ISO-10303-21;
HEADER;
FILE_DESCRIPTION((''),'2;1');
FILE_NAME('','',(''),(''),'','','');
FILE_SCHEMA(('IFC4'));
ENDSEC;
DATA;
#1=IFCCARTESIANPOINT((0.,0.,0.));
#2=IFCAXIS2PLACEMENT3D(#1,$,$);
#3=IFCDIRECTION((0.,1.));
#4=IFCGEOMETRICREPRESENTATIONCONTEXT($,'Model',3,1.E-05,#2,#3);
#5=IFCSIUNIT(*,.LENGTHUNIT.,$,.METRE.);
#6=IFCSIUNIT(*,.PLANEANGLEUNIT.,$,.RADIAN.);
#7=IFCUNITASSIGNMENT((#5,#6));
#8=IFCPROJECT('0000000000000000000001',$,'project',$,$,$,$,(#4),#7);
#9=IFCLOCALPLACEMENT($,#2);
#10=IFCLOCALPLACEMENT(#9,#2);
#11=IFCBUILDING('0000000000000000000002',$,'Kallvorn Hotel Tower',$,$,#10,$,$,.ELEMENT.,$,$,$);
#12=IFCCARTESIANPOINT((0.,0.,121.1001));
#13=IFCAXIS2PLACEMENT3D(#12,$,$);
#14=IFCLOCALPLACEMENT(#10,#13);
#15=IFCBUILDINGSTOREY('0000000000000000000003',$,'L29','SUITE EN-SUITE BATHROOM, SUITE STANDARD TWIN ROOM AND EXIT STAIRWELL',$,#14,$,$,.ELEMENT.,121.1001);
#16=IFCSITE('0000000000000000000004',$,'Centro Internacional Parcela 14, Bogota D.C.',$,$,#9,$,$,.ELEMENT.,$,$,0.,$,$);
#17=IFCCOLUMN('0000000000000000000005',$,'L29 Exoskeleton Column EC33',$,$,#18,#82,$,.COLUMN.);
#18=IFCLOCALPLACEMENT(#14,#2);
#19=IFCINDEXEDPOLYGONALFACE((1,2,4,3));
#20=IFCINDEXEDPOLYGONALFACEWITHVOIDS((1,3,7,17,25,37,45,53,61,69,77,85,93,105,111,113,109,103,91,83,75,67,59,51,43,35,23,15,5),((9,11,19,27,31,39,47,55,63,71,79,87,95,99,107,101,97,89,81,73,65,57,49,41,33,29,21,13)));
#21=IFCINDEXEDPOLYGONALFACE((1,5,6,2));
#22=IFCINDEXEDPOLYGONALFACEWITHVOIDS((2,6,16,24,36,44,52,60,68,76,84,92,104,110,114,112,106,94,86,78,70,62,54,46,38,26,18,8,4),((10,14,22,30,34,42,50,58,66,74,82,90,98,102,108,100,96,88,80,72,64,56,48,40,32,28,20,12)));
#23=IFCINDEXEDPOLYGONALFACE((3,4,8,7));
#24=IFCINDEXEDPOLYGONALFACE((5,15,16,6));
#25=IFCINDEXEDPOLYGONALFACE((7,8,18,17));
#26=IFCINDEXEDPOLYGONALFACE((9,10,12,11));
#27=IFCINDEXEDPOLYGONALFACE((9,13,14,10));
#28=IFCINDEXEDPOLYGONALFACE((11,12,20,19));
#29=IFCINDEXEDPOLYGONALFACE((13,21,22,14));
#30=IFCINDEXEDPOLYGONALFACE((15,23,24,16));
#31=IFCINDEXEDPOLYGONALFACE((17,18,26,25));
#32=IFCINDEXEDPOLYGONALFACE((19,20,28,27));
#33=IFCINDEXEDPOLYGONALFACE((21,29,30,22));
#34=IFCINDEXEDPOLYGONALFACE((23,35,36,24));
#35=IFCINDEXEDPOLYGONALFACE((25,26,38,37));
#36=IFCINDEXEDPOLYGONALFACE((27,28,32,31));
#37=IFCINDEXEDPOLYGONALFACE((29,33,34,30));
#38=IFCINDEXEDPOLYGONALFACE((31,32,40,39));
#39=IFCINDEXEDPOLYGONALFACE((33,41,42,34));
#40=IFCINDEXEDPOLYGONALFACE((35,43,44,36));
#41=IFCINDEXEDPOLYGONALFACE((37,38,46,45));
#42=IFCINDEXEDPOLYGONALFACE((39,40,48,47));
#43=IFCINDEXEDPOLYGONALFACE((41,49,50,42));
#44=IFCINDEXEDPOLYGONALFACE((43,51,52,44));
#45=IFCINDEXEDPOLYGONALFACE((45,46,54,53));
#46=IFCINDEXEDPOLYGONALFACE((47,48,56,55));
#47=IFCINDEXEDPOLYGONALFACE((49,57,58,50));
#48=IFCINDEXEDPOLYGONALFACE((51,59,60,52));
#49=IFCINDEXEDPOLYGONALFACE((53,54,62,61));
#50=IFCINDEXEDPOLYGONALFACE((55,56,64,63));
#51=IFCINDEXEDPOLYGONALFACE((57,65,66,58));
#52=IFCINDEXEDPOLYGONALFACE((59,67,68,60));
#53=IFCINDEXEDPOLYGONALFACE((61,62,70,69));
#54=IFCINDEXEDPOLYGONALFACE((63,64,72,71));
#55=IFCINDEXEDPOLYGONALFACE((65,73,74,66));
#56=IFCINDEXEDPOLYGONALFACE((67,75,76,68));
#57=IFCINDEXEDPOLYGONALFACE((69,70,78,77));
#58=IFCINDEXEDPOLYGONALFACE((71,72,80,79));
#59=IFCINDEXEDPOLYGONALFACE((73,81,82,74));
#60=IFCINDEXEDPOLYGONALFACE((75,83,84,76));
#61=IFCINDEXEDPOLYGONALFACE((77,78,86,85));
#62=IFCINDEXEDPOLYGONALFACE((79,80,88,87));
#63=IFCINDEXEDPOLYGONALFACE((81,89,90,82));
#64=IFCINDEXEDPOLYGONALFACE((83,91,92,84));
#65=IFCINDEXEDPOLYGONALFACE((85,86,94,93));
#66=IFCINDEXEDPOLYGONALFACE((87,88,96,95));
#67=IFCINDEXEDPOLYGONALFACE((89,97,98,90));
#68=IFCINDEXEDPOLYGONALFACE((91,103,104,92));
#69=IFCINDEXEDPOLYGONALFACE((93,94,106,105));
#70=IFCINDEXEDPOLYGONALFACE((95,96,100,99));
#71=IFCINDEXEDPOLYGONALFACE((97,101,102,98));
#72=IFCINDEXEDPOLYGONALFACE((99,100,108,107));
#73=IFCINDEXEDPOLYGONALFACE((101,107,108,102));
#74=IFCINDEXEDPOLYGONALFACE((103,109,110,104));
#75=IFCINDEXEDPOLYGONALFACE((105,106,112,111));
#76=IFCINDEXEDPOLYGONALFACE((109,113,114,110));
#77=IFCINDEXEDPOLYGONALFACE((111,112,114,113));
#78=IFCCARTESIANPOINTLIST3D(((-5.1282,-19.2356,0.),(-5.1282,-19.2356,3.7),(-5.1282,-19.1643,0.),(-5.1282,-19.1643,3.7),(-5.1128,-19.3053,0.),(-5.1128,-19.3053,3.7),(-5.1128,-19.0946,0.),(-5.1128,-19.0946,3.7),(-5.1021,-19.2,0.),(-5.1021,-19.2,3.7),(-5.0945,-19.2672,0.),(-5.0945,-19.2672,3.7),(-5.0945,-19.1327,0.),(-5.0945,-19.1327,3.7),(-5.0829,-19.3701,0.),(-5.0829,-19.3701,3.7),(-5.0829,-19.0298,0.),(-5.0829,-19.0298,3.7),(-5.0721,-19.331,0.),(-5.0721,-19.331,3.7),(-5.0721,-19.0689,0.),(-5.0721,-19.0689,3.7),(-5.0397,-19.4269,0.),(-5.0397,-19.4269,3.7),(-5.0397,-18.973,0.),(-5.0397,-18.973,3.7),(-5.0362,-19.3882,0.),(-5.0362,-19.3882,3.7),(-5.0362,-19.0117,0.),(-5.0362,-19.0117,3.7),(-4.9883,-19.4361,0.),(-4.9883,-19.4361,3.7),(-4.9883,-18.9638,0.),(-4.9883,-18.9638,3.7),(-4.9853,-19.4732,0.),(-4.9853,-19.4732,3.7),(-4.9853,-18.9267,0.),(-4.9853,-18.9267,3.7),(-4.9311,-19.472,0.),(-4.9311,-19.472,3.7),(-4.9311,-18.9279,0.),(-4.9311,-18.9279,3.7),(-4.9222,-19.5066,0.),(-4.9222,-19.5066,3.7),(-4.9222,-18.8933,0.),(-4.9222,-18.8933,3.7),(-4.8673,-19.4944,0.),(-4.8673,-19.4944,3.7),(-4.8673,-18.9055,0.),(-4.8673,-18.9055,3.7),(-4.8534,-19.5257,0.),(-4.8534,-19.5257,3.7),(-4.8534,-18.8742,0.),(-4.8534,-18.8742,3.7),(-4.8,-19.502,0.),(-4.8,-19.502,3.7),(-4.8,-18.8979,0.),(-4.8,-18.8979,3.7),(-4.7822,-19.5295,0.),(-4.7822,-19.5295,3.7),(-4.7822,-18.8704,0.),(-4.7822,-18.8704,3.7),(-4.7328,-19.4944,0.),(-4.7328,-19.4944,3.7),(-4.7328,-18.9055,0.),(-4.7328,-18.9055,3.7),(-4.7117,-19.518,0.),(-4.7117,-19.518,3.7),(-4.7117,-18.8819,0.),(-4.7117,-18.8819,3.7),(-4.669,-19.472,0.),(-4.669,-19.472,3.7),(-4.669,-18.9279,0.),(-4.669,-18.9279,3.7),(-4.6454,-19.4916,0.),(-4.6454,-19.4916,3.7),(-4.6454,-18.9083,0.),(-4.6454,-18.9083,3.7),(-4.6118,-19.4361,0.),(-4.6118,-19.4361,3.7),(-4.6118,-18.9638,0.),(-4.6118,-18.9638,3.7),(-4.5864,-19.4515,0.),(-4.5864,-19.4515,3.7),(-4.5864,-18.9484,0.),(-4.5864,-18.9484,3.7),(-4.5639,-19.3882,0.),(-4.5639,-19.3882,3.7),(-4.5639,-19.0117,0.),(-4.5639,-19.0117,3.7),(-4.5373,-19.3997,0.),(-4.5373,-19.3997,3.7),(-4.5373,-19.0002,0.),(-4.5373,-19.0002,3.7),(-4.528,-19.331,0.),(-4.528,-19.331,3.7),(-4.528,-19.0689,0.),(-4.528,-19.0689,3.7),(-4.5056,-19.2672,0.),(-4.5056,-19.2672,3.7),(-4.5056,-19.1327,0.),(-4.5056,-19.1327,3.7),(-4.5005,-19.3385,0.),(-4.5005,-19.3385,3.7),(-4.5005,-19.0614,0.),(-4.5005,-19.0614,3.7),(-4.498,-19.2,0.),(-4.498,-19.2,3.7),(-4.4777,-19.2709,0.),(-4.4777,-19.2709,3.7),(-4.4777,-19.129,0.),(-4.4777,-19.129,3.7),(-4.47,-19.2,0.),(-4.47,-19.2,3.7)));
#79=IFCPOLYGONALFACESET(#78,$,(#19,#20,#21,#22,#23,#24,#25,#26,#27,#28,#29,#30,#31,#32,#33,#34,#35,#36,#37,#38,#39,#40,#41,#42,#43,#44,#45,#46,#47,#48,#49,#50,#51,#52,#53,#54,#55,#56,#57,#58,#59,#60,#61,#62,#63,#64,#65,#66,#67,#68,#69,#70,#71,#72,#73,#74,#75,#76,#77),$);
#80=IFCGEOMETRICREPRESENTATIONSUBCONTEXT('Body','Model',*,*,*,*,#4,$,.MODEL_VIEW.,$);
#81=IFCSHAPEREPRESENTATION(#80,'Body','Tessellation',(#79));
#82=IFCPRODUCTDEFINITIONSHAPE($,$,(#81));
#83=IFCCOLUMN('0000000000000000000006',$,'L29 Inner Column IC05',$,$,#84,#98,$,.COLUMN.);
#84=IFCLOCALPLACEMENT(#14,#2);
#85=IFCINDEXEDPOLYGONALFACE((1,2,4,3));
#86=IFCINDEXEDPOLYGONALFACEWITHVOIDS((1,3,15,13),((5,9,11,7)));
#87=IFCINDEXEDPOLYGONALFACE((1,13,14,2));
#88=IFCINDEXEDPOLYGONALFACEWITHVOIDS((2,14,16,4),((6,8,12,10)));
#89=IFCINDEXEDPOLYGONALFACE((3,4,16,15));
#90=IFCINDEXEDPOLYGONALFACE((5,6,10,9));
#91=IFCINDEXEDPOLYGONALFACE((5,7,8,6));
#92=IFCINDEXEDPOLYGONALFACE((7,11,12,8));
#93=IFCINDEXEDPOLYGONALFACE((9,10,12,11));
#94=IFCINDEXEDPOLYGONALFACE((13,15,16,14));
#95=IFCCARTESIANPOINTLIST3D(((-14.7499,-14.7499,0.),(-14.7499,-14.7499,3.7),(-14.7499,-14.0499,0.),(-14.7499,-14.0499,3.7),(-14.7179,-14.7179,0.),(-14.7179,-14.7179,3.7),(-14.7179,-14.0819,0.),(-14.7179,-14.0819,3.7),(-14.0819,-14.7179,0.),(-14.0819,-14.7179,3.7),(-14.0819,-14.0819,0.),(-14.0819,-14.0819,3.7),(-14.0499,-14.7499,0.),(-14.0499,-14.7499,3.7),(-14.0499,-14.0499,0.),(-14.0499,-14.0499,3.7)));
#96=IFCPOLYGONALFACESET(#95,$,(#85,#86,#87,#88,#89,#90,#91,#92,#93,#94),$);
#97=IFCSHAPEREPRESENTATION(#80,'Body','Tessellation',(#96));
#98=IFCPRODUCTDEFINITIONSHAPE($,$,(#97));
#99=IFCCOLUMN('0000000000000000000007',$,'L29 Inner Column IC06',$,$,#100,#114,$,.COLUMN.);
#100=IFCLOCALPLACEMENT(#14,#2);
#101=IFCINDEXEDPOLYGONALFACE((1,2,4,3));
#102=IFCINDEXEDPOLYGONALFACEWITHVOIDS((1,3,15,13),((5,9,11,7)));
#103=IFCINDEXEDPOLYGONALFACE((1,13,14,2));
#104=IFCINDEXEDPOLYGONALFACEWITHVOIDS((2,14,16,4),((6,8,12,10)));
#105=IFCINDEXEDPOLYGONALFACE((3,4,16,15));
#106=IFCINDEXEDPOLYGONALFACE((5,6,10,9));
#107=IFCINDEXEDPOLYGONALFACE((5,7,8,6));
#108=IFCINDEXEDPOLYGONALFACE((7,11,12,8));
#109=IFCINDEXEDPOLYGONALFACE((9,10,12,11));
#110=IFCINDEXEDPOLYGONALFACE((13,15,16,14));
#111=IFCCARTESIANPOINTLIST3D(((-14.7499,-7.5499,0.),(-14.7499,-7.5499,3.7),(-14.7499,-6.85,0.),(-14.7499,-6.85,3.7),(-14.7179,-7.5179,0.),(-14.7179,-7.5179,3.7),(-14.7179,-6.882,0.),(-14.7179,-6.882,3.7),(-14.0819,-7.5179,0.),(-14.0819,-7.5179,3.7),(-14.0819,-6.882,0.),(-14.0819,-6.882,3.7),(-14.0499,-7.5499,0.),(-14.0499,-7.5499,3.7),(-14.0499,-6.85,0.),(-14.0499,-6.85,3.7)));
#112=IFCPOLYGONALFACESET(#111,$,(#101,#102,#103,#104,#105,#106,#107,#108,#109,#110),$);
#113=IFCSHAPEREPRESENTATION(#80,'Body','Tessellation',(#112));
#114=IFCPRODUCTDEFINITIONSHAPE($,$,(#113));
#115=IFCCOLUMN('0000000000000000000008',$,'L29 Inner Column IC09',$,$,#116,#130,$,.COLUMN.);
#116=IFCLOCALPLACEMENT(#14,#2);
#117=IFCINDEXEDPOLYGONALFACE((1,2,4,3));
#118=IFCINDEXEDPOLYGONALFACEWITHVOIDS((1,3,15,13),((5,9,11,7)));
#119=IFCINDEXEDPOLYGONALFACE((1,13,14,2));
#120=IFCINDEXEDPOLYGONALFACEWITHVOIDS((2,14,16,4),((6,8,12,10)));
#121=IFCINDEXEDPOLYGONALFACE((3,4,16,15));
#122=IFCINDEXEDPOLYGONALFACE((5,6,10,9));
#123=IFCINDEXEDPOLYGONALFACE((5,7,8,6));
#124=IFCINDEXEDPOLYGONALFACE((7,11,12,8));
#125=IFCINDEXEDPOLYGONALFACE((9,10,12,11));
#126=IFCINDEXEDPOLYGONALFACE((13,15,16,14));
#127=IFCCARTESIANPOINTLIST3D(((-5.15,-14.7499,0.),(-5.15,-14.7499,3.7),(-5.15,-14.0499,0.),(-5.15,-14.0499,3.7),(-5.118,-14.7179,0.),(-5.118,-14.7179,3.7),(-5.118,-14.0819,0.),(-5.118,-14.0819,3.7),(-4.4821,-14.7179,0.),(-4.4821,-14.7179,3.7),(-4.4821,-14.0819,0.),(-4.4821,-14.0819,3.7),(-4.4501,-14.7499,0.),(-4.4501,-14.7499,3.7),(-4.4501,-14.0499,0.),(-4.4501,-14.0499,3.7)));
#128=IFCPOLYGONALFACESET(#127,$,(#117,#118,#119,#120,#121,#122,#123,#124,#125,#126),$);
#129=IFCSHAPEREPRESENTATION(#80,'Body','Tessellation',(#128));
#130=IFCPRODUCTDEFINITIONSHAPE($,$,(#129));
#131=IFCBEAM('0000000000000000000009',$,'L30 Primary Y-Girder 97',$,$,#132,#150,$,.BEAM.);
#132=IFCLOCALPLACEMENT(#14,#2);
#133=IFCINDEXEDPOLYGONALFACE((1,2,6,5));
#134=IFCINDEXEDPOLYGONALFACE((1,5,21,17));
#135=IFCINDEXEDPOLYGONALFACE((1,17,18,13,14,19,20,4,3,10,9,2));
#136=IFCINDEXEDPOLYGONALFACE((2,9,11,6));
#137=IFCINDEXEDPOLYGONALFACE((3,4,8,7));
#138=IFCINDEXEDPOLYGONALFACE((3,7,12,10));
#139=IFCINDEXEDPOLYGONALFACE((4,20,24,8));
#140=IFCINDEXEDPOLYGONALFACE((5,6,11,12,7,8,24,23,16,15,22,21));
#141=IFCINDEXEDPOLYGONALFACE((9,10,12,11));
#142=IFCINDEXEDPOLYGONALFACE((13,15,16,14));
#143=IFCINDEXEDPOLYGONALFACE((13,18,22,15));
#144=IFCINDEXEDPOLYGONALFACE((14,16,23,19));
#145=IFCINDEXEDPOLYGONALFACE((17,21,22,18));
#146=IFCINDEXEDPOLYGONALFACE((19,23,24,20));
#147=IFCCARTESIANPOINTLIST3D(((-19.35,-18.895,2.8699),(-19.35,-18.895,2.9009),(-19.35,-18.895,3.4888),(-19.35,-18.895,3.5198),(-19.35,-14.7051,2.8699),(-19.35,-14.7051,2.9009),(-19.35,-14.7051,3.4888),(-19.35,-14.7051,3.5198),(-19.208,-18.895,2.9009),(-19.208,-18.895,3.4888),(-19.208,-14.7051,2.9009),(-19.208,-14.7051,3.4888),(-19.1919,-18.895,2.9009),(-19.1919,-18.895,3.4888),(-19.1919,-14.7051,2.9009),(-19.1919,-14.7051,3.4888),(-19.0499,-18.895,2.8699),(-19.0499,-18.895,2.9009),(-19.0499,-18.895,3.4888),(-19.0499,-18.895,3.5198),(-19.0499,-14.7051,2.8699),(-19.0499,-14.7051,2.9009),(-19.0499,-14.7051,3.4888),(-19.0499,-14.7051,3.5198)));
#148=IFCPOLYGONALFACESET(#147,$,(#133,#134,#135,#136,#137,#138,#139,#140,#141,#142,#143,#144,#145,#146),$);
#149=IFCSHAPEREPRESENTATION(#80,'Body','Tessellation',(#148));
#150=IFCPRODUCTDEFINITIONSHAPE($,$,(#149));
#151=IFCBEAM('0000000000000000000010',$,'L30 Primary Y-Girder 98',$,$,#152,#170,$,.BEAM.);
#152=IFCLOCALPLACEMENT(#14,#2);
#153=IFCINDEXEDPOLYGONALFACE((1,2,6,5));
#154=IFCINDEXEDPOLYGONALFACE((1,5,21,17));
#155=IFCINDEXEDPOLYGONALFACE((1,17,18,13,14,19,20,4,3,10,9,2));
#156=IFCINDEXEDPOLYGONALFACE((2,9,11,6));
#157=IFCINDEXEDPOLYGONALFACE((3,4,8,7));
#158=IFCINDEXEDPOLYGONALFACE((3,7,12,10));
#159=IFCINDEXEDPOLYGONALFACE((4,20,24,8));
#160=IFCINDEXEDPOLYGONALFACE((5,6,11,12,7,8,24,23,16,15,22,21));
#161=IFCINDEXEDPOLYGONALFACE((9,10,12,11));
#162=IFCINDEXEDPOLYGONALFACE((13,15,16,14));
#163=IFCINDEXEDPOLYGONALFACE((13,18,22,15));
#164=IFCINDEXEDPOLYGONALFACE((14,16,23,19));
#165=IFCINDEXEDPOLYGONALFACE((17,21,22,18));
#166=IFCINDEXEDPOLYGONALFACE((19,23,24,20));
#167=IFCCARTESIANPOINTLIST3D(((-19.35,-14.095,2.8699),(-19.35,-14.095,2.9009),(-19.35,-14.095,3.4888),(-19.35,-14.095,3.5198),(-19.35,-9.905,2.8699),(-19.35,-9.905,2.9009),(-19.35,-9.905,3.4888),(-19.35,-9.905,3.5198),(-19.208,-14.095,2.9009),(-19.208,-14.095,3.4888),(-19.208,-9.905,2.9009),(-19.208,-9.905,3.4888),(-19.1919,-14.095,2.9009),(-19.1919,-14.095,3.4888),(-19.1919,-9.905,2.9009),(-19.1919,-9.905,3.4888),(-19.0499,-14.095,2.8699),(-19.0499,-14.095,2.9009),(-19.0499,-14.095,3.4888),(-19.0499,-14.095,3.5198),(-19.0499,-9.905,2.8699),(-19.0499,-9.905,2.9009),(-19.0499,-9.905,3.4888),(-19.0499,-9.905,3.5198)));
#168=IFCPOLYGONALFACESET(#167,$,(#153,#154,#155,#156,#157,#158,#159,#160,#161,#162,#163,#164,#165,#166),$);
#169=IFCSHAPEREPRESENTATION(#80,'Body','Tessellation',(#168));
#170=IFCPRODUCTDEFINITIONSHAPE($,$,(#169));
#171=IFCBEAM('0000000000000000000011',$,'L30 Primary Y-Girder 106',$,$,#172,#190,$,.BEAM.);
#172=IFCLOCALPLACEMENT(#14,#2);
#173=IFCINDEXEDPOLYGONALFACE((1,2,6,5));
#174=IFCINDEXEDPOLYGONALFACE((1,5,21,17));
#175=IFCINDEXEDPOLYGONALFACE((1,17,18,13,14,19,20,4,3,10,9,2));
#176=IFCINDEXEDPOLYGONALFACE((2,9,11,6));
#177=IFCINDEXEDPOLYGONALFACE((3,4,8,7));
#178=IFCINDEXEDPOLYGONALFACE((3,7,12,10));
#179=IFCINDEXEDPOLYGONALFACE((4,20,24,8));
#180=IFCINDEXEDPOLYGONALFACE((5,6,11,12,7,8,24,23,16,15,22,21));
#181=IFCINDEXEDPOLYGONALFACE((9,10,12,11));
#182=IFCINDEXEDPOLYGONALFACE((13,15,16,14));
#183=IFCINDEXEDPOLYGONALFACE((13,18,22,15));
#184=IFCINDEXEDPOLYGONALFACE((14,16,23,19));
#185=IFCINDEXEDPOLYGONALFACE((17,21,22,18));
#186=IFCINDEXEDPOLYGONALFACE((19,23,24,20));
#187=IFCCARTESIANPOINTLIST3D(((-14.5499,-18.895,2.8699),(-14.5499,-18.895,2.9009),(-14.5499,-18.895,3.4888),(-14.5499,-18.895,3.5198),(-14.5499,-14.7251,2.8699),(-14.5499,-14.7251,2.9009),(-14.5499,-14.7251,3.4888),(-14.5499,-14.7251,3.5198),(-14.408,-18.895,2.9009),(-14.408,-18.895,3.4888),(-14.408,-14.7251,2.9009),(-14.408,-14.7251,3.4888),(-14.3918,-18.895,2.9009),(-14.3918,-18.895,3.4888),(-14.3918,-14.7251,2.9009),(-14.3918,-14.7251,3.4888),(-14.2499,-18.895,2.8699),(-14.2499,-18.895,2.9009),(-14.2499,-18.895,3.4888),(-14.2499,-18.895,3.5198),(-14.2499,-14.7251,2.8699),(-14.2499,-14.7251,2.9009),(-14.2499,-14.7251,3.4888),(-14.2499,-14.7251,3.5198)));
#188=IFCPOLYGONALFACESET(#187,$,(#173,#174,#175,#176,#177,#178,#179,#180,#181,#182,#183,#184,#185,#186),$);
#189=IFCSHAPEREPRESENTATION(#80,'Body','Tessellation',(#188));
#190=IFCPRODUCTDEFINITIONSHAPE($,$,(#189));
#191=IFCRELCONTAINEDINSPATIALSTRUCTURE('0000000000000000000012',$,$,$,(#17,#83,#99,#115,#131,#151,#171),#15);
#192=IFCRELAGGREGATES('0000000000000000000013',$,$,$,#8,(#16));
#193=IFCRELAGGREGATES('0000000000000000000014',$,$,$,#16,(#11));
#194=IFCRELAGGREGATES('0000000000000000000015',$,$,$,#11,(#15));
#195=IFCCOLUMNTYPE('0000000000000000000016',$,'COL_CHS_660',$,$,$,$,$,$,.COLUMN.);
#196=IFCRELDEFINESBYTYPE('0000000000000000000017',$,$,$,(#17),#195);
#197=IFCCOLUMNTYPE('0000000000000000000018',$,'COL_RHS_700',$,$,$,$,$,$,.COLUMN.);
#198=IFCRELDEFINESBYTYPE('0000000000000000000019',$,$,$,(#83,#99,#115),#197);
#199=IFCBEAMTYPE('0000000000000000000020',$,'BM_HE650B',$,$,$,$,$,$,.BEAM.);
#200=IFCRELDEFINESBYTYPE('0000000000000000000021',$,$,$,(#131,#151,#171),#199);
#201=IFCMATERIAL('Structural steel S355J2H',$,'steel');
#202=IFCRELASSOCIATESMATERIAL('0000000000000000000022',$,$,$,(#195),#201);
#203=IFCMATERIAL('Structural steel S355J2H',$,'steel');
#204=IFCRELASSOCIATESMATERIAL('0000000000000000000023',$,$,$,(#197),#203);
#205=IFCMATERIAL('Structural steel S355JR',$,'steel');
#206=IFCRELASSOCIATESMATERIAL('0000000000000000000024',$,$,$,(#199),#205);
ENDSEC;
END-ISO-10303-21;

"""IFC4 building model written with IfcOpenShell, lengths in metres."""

from ifc_helpers import new_model, si_unit, direction, frame, origin, origin_2d, place, context, subcontext, project, spatial, hollow_rectangle, hollow_circle, i_section, extrude, material, material_profile, profile_set, type_object, element, save


model = new_model("IFC4")

# Units and contexts
model_context = context("Model", 3, precision=1e-05, world=origin(), true_north=direction((0.0, 1.0)))
body_context = subcontext(model_context, "Body", "Model", "MODEL_VIEW")
ifc_project = project(units=[si_unit("LENGTHUNIT", "METRE"), si_unit("PLANEANGLEUNIT", "RADIAN")], contexts=[model_context])

# Site, building, storey
site_placement = place(None, origin())
site = spatial("IfcSite", under=ifc_project, at=site_placement, Name="Centro Internacional Parcela 14, Bogota D.C.", CompositionType="ELEMENT", RefElevation=0.0)
building_placement = place(site_placement, origin())
building = spatial("IfcBuilding", under=site, at=building_placement, Name="Kallvorn Hotel Tower", CompositionType="ELEMENT")
storey_placement = place(building_placement, frame((0.0, 0.0, 121.1001)))
storey = spatial("IfcBuildingStorey", under=building, at=storey_placement, Name="L29", Description="SUITE EN-SUITE BATHROOM, SUITE STANDARD TWIN ROOM AND EXIT STAIRWELL", CompositionType="ELEMENT", Elevation=121.1001)

# Columns
ifc_material_1 = material(Name="Structural steel S355J2H", Category="steel")
ifc_material_profile_1 = material_profile(ifc_material_1, hollow_circle(Radius=0.3301, WallThickness=0.0281, at=origin_2d()), Name="CHS 660x28")
ifc_profile_set_1 = profile_set([ifc_material_profile_1], Name="Structural steel S355J2H")
column_type_1 = type_object("IfcColumnType", Name="COL_CHS_660", PredefinedType="COLUMN", material=ifc_profile_set_1)
for number, where, z_axis, x_axis, name in (
    (1, (-4.8, -19.2, 0.0), (0.0, 0.0, 1.0), (1.0, 0.0, 0.0), "L29 Exoskeleton Column EC33"),
):
    element("IfcColumn", number, at=place(storey_placement, frame(where, z_axis=z_axis, x_axis=x_axis)), inside=storey, type_object=column_type_1, Name=name, PredefinedType="COLUMN", context=body_context, shape_type="SweptSolid", body=[
        extrude(hollow_circle(Radius=0.3301, WallThickness=0.0281, at=origin_2d()), origin(), (0.0, 0.0, 1.0), 3.7),
    ])
ifc_material_2 = material(Name="Structural steel S355J2H", Category="steel")
ifc_material_profile_2 = material_profile(ifc_material_2, hollow_rectangle(XDim=0.7, YDim=0.7, WallThickness=0.032, at=origin_2d()), Name="RHS 700x700x32")
ifc_profile_set_2 = profile_set([ifc_material_profile_2], Name="Structural steel S355J2H")
column_type_2 = type_object("IfcColumnType", Name="COL_RHS_700", PredefinedType="COLUMN", material=ifc_profile_set_2)
for number, where, z_axis, x_axis, name in (
    (2, (-14.3999, -14.3999, 0.0), (0.0, 0.0, 1.0), (1.0, 0.0, 0.0), "L29 Inner Column IC05"),
    (3, (-14.3999, -7.2, 0.0), (0.0, 0.0, 1.0), (1.0, 0.0, 0.0), "L29 Inner Column IC06"),
    (4, (-4.8, -14.3999, 0.0), (0.0, 0.0, 1.0), (1.0, 0.0, 0.0), "L29 Inner Column IC09"),
):
    element("IfcColumn", number, at=place(storey_placement, frame(where, z_axis=z_axis, x_axis=x_axis)), inside=storey, type_object=column_type_2, Name=name, PredefinedType="COLUMN", context=body_context, shape_type="SweptSolid", body=[
        extrude(hollow_rectangle(XDim=0.7, YDim=0.7, WallThickness=0.032, at=origin_2d()), origin(), (0.0, 0.0, 1.0), 3.7),
    ])

# Beams
ifc_material_3 = material(Name="Structural steel S355JR", Category="steel")
ifc_material_profile_3 = material_profile(ifc_material_3, i_section(OverallWidth=0.3, OverallDepth=0.6499, WebThickness=0.0161, FlangeThickness=0.031, at=origin_2d()), Name="HE 650 B")
ifc_profile_set_3 = profile_set([ifc_material_profile_3], Name="Structural steel S355JR")
beam_type_1 = type_object("IfcBeamType", Name="BM_HE650B", PredefinedType="BEAM", material=ifc_profile_set_3)
for number, where, z_axis, x_axis, name in (
    (5, (-19.2, -18.895, 3.1948), (0.0, 1.0, 0.0), (-1.0, 0.0, 0.0), "L30 Primary Y-Girder 97"),
    (6, (-19.2, -14.095, 3.1948), (0.0, 1.0, 0.0), (-1.0, 0.0, 0.0), "L30 Primary Y-Girder 98"),
):
    element("IfcBeam", number, at=place(storey_placement, frame(where, z_axis=z_axis, x_axis=x_axis)), inside=storey, type_object=beam_type_1, Name=name, PredefinedType="BEAM", context=body_context, shape_type="SweptSolid", body=[
        extrude(i_section(OverallWidth=0.3, OverallDepth=0.6499, WebThickness=0.0161, FlangeThickness=0.031, at=origin_2d()), origin(), (0.0, 0.0, 1.0), 4.1899),
    ])
beam_1_placement = place(storey_placement, frame((-14.3999, -18.895, 3.1948), z_axis=(0.0, 1.0, 0.0), x_axis=(-1.0, 0.0, 0.0)))
element("IfcBeam", 7, at=beam_1_placement, inside=storey, type_object=beam_type_1, Name="L30 Primary Y-Girder 106", PredefinedType="BEAM", context=body_context, shape_type="SweptSolid", body=[
    extrude(i_section(OverallWidth=0.3, OverallDepth=0.6499, WebThickness=0.0161, FlangeThickness=0.031, at=origin_2d()), origin(), (0.0, 0.0, 1.0), 4.1699),
])

save(model, "model.ifc")
